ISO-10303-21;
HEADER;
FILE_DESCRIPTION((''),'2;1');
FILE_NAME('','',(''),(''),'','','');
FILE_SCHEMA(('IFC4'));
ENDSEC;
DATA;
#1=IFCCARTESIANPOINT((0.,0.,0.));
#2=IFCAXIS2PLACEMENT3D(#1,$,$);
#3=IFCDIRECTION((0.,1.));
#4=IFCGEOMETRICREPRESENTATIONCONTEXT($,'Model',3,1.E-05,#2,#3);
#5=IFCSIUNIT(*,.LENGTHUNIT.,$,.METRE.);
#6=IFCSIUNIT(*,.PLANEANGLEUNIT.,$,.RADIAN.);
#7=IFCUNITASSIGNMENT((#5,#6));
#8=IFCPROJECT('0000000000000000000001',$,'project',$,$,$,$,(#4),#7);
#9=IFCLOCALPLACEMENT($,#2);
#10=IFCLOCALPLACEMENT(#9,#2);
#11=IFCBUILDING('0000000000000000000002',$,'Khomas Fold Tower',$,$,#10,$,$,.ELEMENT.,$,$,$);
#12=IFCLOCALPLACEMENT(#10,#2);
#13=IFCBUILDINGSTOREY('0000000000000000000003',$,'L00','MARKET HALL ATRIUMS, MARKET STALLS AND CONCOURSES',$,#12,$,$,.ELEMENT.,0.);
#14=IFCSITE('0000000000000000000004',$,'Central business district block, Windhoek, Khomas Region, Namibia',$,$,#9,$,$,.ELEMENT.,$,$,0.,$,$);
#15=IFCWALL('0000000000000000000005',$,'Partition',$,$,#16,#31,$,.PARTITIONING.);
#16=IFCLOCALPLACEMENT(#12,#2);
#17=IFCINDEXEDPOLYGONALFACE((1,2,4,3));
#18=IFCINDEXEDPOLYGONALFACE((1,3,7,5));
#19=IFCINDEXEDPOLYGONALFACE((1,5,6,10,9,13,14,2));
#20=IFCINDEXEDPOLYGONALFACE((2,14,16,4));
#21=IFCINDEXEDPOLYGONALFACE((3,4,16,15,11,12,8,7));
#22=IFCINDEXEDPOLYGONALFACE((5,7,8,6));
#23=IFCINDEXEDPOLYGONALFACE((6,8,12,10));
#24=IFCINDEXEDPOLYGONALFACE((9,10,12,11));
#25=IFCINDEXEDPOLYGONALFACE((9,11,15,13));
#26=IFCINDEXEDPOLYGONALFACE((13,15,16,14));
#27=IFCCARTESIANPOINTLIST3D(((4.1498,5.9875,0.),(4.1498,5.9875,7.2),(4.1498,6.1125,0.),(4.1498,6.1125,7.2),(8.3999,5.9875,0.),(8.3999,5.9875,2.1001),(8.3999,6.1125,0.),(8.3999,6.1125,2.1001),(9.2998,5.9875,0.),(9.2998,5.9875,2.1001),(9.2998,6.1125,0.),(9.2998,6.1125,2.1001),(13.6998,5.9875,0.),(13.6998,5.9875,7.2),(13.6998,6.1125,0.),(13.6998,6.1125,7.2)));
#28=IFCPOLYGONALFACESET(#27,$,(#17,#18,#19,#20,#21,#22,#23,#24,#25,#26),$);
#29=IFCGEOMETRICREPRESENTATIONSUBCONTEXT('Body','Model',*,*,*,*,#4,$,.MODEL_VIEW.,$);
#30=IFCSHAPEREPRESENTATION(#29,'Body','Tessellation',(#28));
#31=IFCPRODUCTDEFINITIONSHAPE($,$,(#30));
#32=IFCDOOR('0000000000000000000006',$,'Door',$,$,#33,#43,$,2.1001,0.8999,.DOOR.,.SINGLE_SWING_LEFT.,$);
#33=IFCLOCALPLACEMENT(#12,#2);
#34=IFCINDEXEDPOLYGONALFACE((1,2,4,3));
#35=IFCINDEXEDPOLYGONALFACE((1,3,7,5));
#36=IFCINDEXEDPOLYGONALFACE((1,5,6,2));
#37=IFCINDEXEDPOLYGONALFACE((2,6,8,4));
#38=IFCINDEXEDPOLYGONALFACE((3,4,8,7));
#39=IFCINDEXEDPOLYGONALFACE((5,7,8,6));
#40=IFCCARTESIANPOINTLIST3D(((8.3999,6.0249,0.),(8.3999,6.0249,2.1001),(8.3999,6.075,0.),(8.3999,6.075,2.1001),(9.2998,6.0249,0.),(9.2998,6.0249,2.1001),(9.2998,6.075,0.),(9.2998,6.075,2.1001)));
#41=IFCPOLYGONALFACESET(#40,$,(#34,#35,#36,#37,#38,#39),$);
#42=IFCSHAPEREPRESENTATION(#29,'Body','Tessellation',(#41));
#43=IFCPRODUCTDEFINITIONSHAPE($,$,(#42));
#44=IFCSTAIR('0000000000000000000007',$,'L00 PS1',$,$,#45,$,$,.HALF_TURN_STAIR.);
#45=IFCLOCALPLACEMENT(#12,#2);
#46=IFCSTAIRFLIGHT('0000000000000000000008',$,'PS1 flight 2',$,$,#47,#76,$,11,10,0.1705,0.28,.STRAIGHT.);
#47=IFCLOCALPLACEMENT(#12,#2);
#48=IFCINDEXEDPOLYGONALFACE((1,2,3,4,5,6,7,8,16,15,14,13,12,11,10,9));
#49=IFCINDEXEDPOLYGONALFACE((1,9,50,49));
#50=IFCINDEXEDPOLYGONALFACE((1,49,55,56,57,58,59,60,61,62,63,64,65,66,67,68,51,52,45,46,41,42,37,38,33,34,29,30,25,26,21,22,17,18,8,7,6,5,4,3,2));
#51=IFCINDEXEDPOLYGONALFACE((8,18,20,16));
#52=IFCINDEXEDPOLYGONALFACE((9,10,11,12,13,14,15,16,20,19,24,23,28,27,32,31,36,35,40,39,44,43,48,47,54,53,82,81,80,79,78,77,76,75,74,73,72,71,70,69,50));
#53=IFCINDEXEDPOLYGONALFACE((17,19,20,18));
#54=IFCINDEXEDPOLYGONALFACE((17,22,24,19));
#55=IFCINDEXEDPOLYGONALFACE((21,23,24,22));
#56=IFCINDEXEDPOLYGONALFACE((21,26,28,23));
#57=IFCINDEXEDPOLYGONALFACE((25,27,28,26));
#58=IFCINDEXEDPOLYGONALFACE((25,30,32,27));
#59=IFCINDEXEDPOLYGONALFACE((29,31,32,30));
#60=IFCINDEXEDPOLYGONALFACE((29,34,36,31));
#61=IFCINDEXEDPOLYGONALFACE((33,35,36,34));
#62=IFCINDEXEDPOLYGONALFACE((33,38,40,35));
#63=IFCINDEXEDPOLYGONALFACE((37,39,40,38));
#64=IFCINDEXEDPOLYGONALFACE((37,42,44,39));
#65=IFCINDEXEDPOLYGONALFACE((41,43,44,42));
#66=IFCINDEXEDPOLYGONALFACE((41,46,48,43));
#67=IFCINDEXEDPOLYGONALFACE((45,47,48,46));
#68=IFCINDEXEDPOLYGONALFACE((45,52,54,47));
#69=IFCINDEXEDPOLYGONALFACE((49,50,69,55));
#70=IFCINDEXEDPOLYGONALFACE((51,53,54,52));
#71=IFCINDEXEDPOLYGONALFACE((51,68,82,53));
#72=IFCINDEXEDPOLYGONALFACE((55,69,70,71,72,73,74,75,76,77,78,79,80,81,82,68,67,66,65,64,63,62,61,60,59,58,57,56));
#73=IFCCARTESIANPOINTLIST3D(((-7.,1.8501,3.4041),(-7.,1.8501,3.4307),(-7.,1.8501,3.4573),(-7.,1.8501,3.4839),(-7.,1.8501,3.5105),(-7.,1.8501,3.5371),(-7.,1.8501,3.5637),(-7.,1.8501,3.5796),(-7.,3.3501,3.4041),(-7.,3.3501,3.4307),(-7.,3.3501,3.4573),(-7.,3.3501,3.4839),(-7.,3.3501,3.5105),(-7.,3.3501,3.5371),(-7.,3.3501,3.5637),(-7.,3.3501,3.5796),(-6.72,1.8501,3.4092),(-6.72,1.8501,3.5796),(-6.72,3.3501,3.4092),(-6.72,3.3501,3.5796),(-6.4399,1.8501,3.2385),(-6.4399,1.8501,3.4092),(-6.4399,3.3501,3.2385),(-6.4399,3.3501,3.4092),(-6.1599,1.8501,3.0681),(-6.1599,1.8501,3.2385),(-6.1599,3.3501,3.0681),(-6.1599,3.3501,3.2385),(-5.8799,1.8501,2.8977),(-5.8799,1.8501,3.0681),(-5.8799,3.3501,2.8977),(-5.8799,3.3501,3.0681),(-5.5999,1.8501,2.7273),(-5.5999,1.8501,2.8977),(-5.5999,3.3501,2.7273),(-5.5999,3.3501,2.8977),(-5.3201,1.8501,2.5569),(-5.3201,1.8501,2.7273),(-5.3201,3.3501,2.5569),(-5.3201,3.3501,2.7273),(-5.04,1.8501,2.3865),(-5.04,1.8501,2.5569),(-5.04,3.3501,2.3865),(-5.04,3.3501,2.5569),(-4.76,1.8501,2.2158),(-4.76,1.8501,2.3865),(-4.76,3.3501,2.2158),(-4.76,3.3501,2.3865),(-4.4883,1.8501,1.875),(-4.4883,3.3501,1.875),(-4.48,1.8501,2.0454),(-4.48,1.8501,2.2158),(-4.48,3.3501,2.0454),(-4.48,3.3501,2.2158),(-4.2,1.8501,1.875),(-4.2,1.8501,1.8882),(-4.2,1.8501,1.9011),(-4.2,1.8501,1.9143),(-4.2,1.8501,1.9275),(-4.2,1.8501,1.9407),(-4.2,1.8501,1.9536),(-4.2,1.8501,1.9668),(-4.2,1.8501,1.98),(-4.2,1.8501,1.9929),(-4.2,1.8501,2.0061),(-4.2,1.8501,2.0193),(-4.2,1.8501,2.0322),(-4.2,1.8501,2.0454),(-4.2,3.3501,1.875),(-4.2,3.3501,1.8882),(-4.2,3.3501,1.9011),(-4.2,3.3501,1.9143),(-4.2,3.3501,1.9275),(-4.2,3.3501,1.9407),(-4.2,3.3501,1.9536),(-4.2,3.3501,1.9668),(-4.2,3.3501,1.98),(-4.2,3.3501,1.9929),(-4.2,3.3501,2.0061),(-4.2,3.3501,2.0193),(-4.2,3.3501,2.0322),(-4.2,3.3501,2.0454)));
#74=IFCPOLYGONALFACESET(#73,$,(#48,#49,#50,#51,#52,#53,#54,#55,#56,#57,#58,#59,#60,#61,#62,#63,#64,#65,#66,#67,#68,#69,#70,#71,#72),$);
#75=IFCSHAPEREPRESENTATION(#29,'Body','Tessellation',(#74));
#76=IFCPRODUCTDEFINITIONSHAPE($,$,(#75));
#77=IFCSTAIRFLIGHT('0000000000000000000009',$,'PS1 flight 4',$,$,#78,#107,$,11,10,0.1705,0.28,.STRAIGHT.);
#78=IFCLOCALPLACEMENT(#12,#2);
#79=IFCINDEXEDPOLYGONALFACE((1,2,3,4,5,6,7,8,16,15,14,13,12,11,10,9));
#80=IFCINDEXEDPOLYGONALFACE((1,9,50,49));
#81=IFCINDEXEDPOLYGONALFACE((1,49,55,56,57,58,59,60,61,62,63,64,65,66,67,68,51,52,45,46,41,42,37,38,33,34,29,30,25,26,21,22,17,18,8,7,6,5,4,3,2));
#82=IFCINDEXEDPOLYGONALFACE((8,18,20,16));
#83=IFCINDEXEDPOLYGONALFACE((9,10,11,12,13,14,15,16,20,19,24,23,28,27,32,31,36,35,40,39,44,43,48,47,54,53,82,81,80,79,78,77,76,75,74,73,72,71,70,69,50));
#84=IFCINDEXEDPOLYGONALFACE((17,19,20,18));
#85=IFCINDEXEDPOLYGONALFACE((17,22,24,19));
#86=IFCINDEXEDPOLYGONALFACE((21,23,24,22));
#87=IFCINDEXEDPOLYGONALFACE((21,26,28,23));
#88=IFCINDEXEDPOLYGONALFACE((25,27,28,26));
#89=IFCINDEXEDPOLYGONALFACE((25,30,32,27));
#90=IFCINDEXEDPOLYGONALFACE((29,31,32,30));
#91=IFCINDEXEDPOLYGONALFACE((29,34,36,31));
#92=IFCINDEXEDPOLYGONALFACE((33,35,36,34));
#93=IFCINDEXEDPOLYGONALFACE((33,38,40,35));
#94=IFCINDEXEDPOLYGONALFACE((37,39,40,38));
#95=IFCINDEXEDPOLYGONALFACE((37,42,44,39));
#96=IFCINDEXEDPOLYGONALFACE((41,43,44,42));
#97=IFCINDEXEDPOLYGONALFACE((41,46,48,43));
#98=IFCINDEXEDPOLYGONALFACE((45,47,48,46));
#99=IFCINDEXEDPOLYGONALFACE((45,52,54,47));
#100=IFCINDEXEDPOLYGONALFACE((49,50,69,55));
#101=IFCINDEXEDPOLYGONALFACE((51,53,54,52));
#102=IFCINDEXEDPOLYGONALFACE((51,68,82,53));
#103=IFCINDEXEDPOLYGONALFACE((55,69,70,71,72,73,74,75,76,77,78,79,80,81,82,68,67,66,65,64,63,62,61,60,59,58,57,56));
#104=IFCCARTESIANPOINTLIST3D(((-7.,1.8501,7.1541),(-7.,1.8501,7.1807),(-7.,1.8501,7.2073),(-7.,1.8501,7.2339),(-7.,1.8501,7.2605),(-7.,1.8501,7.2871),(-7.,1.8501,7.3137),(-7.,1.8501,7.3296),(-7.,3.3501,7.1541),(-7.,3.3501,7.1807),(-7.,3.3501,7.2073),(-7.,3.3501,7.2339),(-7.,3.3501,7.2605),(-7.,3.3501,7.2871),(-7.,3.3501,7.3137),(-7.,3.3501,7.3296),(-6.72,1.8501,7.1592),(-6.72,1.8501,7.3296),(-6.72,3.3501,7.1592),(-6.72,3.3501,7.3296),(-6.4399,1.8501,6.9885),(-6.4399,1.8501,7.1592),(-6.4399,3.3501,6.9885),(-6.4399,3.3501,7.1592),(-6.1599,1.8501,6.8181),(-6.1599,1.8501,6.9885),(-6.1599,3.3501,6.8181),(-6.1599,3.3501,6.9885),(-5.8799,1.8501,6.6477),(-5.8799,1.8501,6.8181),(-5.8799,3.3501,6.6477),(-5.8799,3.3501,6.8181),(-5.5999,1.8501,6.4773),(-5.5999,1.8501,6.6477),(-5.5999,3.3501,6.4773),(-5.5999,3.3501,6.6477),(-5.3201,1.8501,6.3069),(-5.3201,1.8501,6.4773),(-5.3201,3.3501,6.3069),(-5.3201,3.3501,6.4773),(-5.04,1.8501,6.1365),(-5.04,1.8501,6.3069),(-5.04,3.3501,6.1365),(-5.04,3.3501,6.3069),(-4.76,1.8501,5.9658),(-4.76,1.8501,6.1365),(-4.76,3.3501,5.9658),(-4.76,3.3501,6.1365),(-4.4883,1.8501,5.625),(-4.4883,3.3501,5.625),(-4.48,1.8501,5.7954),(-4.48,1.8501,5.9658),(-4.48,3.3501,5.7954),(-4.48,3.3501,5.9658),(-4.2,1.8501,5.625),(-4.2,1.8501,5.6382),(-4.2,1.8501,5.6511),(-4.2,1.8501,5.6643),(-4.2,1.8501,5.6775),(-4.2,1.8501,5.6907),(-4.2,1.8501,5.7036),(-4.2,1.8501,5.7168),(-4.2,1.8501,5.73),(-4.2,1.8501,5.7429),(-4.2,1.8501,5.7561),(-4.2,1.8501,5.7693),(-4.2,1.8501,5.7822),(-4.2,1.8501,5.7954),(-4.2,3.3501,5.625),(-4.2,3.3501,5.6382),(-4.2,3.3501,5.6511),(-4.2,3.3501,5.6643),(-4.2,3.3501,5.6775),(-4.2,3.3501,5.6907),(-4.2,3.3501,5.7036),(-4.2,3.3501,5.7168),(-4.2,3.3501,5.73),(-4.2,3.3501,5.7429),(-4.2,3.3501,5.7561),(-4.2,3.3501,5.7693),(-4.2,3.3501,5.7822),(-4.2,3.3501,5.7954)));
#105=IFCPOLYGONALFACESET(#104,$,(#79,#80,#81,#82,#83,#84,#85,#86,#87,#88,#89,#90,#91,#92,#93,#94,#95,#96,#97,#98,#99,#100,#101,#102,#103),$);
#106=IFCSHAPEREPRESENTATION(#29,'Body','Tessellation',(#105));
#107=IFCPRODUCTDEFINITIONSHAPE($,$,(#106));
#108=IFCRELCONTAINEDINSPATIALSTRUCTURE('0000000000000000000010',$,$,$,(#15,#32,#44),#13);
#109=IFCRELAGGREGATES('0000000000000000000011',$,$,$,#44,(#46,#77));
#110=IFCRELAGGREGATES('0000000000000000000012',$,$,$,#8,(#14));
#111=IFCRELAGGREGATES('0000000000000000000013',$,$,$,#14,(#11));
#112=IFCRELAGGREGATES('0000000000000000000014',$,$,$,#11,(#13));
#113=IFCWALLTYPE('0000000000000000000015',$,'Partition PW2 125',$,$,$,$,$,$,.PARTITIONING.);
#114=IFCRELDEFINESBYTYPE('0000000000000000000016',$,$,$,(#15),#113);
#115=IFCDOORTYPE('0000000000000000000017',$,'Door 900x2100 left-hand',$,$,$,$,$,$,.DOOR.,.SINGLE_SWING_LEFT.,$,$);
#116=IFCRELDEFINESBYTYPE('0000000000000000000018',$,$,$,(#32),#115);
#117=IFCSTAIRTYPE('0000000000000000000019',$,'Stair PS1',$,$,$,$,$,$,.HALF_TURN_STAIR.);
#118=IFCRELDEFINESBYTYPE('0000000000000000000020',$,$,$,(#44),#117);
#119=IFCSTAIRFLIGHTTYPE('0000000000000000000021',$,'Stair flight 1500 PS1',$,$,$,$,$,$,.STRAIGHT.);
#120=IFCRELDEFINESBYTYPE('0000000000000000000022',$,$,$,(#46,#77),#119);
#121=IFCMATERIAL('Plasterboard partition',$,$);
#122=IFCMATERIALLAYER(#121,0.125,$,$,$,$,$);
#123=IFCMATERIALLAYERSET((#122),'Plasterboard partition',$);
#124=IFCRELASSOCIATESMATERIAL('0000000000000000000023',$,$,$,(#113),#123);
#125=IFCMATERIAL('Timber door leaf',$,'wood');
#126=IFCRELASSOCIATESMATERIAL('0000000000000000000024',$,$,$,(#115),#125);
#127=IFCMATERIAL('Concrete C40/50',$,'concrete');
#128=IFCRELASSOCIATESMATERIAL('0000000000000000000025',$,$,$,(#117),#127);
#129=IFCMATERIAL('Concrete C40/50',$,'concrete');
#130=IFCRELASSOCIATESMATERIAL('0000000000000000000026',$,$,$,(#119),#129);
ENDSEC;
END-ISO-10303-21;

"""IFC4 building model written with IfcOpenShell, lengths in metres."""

from ifc_helpers import new_model, si_unit, direction, frame, frame_2d, origin, place, context, subcontext, project, spatial, polyline, rectangle, outline, extrude, source, transform, mapped, material, layer, layer_set, type_object, element, fill, aggregate, save


model = new_model("IFC4")

# Units and contexts
model_context = context("Model", 3, precision=1e-05, world=origin(), true_north=direction((0.0, 1.0)))
body_context = subcontext(model_context, "Body", "Model", "MODEL_VIEW")
ifc_project = project(units=[si_unit("LENGTHUNIT", "METRE"), si_unit("PLANEANGLEUNIT", "RADIAN")], contexts=[model_context])

# Site, building, storey
site_placement = place(None, origin())
site = spatial("IfcSite", under=ifc_project, at=site_placement, Name="Central business district block, Windhoek, Khomas Region, Namibia", CompositionType="ELEMENT", RefElevation=0.0)
building_placement = place(site_placement, origin())
building = spatial("IfcBuilding", under=site, at=building_placement, Name="Khomas Fold Tower", CompositionType="ELEMENT")
storey_placement = place(building_placement, origin())
storey = spatial("IfcBuildingStorey", under=building, at=storey_placement, Name="L00", Description="MARKET HALL ATRIUMS, MARKET STALLS AND CONCOURSES", CompositionType="ELEMENT", Elevation=0.0)

# Wall, opening, door
ifc_material_1 = material(Name="Plasterboard partition")
ifc_layer_1 = layer(ifc_material_1, 0.125)
ifc_layer_set_1 = layer_set([ifc_layer_1], Name="Plasterboard partition")
wall_type_1 = type_object("IfcWallType", Name="Partition PW2 125", PredefinedType="PARTITIONING", material=ifc_layer_set_1)
shared_shape_1 = source(origin(), body_context, "Body", "SweptSolid", [
    extrude(rectangle(XDim=9.55, YDim=0.125, at=frame_2d((4.7749, 0.0))), origin(), (0.0, 0.0, 1.0), 7.2),
])
wall_1_placement = place(storey_placement, frame((4.1499, 6.05, 0.0), z_axis=(0.0, 0.0, 1.0), x_axis=(1.0, 0.0, 0.0)))
wall_1 = element("IfcWall", 1, at=wall_1_placement, inside=storey, type_object=wall_type_1, Name="Partition", PredefinedType="PARTITIONING", context=body_context, shape_type="MappedRepresentation", body=[
    mapped(shared_shape_1, transform((0.0, 0.0, 0.0))),
])
shared_shape_2 = source(origin(), body_context, "Body", "SweptSolid", [
    extrude(rectangle(XDim=0.8999, YDim=2.1001, at=frame_2d((0.45, 1.05))), frame((0.0, 0.0725, 0.0), z_axis=(0.0, -1.0, 0.0), x_axis=(1.0, 0.0, 0.0)), (0.0, 0.0, 1.0), 0.145),
])
opening_1_placement = place(wall_1_placement, frame((4.25, 0.0, 0.0)))
opening_1 = element("IfcOpeningElement", 2, at=opening_1_placement, cuts=wall_1, PredefinedType="OPENING", context=body_context, shape_type="MappedRepresentation", body=[
    mapped(shared_shape_2, transform((0.0, 0.0, 0.0))),
])
ifc_material_2 = material(Name="Timber door leaf", Category="wood")
door_type_1 = type_object("IfcDoorType", Name="Door 900x2100 left-hand", OperationType="SINGLE_SWING_LEFT", PredefinedType="DOOR", material=ifc_material_2)
shared_shape_3 = source(origin(), body_context, "Body", "SweptSolid", [
    extrude(rectangle(XDim=0.8999, YDim=2.1001, at=frame_2d((0.45, 1.05))), frame((0.0, 0.0249, 0.0), z_axis=(0.0, -1.0, 0.0), x_axis=(1.0, 0.0, 0.0)), (0.0, 0.0, 1.0), 0.05),
])
door_1_placement = place(opening_1_placement, origin())
door_1 = element("IfcDoor", 3, at=door_1_placement, inside=storey, type_object=door_type_1, Name="Door", OperationType="SINGLE_SWING_LEFT", OverallHeight=2.1001, OverallWidth=0.8999, PredefinedType="DOOR", context=body_context, shape_type="MappedRepresentation", body=[
    mapped(shared_shape_3, transform((0.0, 0.0, 0.0))),
])
fill(opening_1, door_1)

# Stair, stair flights
ifc_material_3 = material(Name="Concrete C40/50", Category="concrete")
stair_type = type_object("IfcStairType", Name="Stair PS1", PredefinedType="HALF_TURN_STAIR", material=ifc_material_3)
stair_placement = place(storey_placement, origin())
stair = element("IfcStair", 4, at=stair_placement, inside=storey, type_object=stair_type, Name="L00 PS1", PredefinedType="HALF_TURN_STAIR")
ifc_material_4 = material(Name="Concrete C40/50", Category="concrete")
stair_flight_type = type_object("IfcStairFlightType", Name="Stair flight 1500 PS1", PredefinedType="STRAIGHT", material=ifc_material_4)
shared_shape_4 = source(origin(), body_context, "Body", "SweptSolid", [
    extrude(outline(polyline([(0.0, 0.0), (0.0, 0.0132), (0.0, 0.0261), (0.0, 0.0393), (0.0, 0.0525), (0.0, 0.0657), (0.0, 0.0786), (0.0, 0.0918), (0.0, 0.105), (0.0, 0.1179), (0.0, 0.1311), (0.0, 0.1443), (0.0, 0.1572), (0.0, 0.1704), (0.28, 0.1704), (0.28, 0.3408), (0.5601, 0.3408), (0.5601, 0.5115), (0.8401, 0.5115), (0.8401, 0.6819), (1.1201, 0.6819), (1.1201, 0.8523), (1.3999, 0.8523), (1.3999, 1.0227), (1.6799, 1.0227), (1.6799, 1.1931), (1.96, 1.1931), (1.96, 1.3635), (2.24, 1.3635), (2.24, 1.5342), (2.52, 1.5342), (2.52, 1.7046), (2.8, 1.7046), (2.8, 1.875), (2.8, 1.8484), (2.8, 1.8218), (2.8, 1.7952), (2.8, 1.7686), (2.8, 1.7419), (2.8, 1.7153), (2.8, 1.6887), (2.8, 1.6621), (2.8, 1.6355), (2.8, 1.6089), (2.8, 1.5823), (2.8, 1.5557), (2.8, 1.5291), (0.2883, 0.0), (0.0, 0.0)])), frame((0.0, 0.75, 0.0), z_axis=(0.0, -1.0, 0.0), x_axis=(1.0, 0.0, 0.0)), (0.0, 0.0, 1.0), 1.5),
])
stair_flight_1_placement = place(storey_placement, frame((-4.2, 2.6001, 1.875), z_axis=(0.0, 0.0, 1.0), x_axis=(-1.0, 0.0, 0.0)))
stair_flight_1 = element("IfcStairFlight", 5, at=stair_flight_1_placement, type_object=stair_flight_type, Name="PS1 flight 2", NumberOfRisers=11, NumberOfTreads=10, PredefinedType="STRAIGHT", RiserHeight=0.1705, TreadLength=0.28, context=body_context, shape_type="MappedRepresentation", body=[
    mapped(shared_shape_4, transform((0.0, 0.0, 0.0))),
])
stair_flight_2_placement = place(storey_placement, frame((-4.2, 2.6001, 5.625), z_axis=(0.0, 0.0, 1.0), x_axis=(-1.0, 0.0, 0.0)))
stair_flight_2 = element("IfcStairFlight", 6, at=stair_flight_2_placement, type_object=stair_flight_type, Name="PS1 flight 4", NumberOfRisers=11, NumberOfTreads=10, PredefinedType="STRAIGHT", RiserHeight=0.1705, TreadLength=0.28, context=body_context, shape_type="MappedRepresentation", body=[
    mapped(shared_shape_4, transform((0.0, 0.0, 0.0))),
])
aggregate(stair, [stair_flight_1, stair_flight_2])

save(model, "model.ifc")
